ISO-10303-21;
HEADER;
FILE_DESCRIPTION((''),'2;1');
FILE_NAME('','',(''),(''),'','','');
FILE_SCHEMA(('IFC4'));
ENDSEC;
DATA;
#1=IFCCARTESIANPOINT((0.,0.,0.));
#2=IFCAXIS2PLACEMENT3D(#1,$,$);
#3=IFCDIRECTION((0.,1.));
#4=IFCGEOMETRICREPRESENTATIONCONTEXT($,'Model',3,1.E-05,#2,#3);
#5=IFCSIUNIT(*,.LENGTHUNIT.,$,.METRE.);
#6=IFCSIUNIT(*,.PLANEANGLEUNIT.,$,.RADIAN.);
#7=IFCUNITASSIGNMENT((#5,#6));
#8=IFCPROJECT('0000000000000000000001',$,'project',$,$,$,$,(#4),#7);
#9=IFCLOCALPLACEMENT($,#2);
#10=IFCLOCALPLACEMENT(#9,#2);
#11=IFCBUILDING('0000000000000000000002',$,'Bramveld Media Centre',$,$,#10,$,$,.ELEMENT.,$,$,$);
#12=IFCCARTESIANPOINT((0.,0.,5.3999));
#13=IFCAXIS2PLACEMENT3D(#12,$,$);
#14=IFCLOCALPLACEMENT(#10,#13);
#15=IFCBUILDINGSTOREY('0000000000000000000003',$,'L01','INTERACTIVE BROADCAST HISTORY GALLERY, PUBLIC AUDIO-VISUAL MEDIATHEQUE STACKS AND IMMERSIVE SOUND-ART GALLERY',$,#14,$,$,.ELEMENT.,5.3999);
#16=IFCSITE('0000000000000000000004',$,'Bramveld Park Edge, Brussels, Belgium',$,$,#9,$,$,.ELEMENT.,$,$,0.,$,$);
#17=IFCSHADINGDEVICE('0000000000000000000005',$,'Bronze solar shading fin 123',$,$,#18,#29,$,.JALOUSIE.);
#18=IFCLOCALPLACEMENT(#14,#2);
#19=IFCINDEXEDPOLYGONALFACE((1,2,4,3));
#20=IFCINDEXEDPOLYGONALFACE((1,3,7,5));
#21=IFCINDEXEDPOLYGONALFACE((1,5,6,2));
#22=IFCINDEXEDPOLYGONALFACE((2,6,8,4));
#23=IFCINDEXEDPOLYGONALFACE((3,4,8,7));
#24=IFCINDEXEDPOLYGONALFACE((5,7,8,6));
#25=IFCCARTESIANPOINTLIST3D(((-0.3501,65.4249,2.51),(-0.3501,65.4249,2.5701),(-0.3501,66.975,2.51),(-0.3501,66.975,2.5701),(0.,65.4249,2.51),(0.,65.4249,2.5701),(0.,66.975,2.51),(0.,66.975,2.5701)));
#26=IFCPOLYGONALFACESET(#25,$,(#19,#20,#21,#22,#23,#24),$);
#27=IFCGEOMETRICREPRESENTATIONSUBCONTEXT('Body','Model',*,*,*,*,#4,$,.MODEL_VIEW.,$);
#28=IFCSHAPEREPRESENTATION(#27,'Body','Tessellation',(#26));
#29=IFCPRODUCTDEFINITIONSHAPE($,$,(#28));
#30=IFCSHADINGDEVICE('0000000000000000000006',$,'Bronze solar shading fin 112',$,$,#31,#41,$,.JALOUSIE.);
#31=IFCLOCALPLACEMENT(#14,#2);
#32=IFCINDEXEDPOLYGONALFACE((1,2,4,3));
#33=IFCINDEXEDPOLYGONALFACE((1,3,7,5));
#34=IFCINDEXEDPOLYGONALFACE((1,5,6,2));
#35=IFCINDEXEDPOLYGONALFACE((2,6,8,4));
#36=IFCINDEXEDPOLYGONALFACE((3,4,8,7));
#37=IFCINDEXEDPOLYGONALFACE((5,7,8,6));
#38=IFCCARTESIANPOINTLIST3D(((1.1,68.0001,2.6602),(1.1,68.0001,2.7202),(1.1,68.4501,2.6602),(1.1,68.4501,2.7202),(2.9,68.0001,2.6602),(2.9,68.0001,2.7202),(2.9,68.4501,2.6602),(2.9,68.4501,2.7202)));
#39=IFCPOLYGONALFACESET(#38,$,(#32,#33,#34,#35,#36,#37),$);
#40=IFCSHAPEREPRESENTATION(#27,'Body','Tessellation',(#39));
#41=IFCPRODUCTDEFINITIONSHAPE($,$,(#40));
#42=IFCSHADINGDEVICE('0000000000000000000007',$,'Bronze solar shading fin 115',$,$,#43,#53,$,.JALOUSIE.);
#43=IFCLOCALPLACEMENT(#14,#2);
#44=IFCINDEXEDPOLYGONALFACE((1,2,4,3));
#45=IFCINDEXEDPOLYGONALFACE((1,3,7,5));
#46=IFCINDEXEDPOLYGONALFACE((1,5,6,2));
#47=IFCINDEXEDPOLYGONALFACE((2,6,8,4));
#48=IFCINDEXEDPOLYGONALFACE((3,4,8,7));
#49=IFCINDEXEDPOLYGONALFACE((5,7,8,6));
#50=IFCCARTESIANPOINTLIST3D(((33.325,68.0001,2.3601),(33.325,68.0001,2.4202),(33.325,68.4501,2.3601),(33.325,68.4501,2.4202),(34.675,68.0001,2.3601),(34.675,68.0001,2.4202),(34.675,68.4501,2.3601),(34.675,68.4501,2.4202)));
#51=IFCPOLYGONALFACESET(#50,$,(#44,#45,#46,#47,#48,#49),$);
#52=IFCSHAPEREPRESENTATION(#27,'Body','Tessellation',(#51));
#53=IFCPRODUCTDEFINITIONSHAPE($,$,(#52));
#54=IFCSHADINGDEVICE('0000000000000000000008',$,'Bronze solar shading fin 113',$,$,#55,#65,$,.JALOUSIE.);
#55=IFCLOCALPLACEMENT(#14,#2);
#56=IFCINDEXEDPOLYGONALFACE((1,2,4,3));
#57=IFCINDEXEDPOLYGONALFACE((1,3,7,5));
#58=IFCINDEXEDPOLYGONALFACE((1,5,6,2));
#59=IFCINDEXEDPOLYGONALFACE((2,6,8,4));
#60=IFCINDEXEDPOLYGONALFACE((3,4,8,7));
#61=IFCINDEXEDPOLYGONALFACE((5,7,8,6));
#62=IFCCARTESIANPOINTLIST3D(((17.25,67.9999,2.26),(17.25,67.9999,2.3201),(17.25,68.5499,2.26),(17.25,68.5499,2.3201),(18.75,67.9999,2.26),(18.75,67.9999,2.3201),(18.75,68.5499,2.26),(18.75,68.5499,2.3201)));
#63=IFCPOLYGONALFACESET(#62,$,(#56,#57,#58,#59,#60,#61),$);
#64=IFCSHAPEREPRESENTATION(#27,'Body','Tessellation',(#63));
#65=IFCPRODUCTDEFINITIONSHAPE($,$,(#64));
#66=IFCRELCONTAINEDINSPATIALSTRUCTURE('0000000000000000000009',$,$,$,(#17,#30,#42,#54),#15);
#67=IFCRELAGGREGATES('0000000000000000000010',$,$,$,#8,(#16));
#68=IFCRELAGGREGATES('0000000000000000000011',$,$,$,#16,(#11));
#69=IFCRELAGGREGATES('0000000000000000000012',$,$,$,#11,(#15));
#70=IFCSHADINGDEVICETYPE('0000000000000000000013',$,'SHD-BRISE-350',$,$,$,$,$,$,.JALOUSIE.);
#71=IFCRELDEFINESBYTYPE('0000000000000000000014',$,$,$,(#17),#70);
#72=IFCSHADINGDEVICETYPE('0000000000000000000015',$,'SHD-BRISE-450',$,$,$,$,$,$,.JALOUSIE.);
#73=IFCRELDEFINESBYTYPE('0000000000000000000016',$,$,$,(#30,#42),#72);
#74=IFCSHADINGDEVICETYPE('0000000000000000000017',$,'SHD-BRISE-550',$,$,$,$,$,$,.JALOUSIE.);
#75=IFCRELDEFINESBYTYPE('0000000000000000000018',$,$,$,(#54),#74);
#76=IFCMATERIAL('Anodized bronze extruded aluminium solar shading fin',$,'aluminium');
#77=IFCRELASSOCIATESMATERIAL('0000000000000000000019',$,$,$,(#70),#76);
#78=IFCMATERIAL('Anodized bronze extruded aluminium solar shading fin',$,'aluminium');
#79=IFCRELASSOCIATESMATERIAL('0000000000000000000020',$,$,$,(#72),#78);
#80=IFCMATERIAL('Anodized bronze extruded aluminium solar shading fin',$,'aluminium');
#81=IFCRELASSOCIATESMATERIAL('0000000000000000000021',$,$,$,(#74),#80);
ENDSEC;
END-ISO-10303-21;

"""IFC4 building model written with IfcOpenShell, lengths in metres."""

from ifc_helpers import new_model, si_unit, direction, frame, origin, origin_2d, place, context, subcontext, project, spatial, rectangle, extrude, material, type_object, element, save


model = new_model("IFC4")

# Units and contexts
model_context = context("Model", 3, precision=1e-05, world=origin(), true_north=direction((0.0, 1.0)))
body_context = subcontext(model_context, "Body", "Model", "MODEL_VIEW")
ifc_project = project(units=[si_unit("LENGTHUNIT", "METRE"), si_unit("PLANEANGLEUNIT", "RADIAN")], contexts=[model_context])

# Site, building, storey
site_placement = place(None, origin())
site = spatial("IfcSite", under=ifc_project, at=site_placement, Name="Bramveld Park Edge, Brussels, Belgium", CompositionType="ELEMENT", RefElevation=0.0)
building_placement = place(site_placement, origin())
building = spatial("IfcBuilding", under=site, at=building_placement, Name="Bramveld Media Centre", CompositionType="ELEMENT")
storey_placement = place(building_placement, frame((0.0, 0.0, 5.3999)))
storey = spatial("IfcBuildingStorey", under=building, at=storey_placement, Name="L01", Description="INTERACTIVE BROADCAST HISTORY GALLERY, PUBLIC AUDIO-VISUAL MEDIATHEQUE STACKS AND IMMERSIVE SOUND-ART GALLERY", CompositionType="ELEMENT", Elevation=5.3999)

# Shading devices
ifc_material_1 = material(Name="Anodized bronze extruded aluminium solar shading fin", Category="aluminium")
shading_device_type_1 = type_object("IfcShadingDeviceType", Name="SHD-BRISE-350", PredefinedType="JALOUSIE", material=ifc_material_1)
shading_device_1_placement = place(storey_placement, frame((-0.175, 66.2, 2.51), z_axis=(0.0, 0.0, 1.0), x_axis=(1.0, 0.0, 0.0)))
element("IfcShadingDevice", 1, at=shading_device_1_placement, inside=storey, type_object=shading_device_type_1, Name="Bronze solar shading fin 123", PredefinedType="JALOUSIE", context=body_context, shape_type="SweptSolid", body=[
    extrude(rectangle(XDim=0.3501, YDim=1.55, at=origin_2d()), origin(), (0.0, 0.0, 1.0), 0.0601),
])
ifc_material_2 = material(Name="Anodized bronze extruded aluminium solar shading fin", Category="aluminium")
shading_device_type_2 = type_object("IfcShadingDeviceType", Name="SHD-BRISE-450", PredefinedType="JALOUSIE", material=ifc_material_2)
shading_device_2_placement = place(storey_placement, frame((2.0, 68.2251, 2.6602), z_axis=(0.0, 0.0, 1.0), x_axis=(1.0, 0.0, 0.0)))
element("IfcShadingDevice", 2, at=shading_device_2_placement, inside=storey, type_object=shading_device_type_2, Name="Bronze solar shading fin 112", PredefinedType="JALOUSIE", context=body_context, shape_type="SweptSolid", body=[
    extrude(rectangle(XDim=1.8, YDim=0.45, at=origin_2d()), origin(), (0.0, 0.0, 1.0), 0.0601),
])
shading_device_3_placement = place(storey_placement, frame((34.0, 68.2251, 2.3601), z_axis=(0.0, 0.0, 1.0), x_axis=(1.0, 0.0, 0.0)))
element("IfcShadingDevice", 3, at=shading_device_3_placement, inside=storey, type_object=shading_device_type_2, Name="Bronze solar shading fin 115", PredefinedType="JALOUSIE", context=body_context, shape_type="SweptSolid", body=[
    extrude(rectangle(XDim=1.3501, YDim=0.45, at=origin_2d()), origin(), (0.0, 0.0, 1.0), 0.0601),
])
ifc_material_3 = material(Name="Anodized bronze extruded aluminium solar shading fin", Category="aluminium")
shading_device_type_3 = type_object("IfcShadingDeviceType", Name="SHD-BRISE-550", PredefinedType="JALOUSIE", material=ifc_material_3)
shading_device_4_placement = place(storey_placement, frame((18.0, 68.2749, 2.26), z_axis=(0.0, 0.0, 1.0), x_axis=(1.0, 0.0, 0.0)))
element("IfcShadingDevice", 4, at=shading_device_4_placement, inside=storey, type_object=shading_device_type_3, Name="Bronze solar shading fin 113", PredefinedType="JALOUSIE", context=body_context, shape_type="SweptSolid", body=[
    extrude(rectangle(XDim=1.5, YDim=0.55, at=origin_2d()), origin(), (0.0, 0.0, 1.0), 0.0601),
])

save(model, "model.ifc")
